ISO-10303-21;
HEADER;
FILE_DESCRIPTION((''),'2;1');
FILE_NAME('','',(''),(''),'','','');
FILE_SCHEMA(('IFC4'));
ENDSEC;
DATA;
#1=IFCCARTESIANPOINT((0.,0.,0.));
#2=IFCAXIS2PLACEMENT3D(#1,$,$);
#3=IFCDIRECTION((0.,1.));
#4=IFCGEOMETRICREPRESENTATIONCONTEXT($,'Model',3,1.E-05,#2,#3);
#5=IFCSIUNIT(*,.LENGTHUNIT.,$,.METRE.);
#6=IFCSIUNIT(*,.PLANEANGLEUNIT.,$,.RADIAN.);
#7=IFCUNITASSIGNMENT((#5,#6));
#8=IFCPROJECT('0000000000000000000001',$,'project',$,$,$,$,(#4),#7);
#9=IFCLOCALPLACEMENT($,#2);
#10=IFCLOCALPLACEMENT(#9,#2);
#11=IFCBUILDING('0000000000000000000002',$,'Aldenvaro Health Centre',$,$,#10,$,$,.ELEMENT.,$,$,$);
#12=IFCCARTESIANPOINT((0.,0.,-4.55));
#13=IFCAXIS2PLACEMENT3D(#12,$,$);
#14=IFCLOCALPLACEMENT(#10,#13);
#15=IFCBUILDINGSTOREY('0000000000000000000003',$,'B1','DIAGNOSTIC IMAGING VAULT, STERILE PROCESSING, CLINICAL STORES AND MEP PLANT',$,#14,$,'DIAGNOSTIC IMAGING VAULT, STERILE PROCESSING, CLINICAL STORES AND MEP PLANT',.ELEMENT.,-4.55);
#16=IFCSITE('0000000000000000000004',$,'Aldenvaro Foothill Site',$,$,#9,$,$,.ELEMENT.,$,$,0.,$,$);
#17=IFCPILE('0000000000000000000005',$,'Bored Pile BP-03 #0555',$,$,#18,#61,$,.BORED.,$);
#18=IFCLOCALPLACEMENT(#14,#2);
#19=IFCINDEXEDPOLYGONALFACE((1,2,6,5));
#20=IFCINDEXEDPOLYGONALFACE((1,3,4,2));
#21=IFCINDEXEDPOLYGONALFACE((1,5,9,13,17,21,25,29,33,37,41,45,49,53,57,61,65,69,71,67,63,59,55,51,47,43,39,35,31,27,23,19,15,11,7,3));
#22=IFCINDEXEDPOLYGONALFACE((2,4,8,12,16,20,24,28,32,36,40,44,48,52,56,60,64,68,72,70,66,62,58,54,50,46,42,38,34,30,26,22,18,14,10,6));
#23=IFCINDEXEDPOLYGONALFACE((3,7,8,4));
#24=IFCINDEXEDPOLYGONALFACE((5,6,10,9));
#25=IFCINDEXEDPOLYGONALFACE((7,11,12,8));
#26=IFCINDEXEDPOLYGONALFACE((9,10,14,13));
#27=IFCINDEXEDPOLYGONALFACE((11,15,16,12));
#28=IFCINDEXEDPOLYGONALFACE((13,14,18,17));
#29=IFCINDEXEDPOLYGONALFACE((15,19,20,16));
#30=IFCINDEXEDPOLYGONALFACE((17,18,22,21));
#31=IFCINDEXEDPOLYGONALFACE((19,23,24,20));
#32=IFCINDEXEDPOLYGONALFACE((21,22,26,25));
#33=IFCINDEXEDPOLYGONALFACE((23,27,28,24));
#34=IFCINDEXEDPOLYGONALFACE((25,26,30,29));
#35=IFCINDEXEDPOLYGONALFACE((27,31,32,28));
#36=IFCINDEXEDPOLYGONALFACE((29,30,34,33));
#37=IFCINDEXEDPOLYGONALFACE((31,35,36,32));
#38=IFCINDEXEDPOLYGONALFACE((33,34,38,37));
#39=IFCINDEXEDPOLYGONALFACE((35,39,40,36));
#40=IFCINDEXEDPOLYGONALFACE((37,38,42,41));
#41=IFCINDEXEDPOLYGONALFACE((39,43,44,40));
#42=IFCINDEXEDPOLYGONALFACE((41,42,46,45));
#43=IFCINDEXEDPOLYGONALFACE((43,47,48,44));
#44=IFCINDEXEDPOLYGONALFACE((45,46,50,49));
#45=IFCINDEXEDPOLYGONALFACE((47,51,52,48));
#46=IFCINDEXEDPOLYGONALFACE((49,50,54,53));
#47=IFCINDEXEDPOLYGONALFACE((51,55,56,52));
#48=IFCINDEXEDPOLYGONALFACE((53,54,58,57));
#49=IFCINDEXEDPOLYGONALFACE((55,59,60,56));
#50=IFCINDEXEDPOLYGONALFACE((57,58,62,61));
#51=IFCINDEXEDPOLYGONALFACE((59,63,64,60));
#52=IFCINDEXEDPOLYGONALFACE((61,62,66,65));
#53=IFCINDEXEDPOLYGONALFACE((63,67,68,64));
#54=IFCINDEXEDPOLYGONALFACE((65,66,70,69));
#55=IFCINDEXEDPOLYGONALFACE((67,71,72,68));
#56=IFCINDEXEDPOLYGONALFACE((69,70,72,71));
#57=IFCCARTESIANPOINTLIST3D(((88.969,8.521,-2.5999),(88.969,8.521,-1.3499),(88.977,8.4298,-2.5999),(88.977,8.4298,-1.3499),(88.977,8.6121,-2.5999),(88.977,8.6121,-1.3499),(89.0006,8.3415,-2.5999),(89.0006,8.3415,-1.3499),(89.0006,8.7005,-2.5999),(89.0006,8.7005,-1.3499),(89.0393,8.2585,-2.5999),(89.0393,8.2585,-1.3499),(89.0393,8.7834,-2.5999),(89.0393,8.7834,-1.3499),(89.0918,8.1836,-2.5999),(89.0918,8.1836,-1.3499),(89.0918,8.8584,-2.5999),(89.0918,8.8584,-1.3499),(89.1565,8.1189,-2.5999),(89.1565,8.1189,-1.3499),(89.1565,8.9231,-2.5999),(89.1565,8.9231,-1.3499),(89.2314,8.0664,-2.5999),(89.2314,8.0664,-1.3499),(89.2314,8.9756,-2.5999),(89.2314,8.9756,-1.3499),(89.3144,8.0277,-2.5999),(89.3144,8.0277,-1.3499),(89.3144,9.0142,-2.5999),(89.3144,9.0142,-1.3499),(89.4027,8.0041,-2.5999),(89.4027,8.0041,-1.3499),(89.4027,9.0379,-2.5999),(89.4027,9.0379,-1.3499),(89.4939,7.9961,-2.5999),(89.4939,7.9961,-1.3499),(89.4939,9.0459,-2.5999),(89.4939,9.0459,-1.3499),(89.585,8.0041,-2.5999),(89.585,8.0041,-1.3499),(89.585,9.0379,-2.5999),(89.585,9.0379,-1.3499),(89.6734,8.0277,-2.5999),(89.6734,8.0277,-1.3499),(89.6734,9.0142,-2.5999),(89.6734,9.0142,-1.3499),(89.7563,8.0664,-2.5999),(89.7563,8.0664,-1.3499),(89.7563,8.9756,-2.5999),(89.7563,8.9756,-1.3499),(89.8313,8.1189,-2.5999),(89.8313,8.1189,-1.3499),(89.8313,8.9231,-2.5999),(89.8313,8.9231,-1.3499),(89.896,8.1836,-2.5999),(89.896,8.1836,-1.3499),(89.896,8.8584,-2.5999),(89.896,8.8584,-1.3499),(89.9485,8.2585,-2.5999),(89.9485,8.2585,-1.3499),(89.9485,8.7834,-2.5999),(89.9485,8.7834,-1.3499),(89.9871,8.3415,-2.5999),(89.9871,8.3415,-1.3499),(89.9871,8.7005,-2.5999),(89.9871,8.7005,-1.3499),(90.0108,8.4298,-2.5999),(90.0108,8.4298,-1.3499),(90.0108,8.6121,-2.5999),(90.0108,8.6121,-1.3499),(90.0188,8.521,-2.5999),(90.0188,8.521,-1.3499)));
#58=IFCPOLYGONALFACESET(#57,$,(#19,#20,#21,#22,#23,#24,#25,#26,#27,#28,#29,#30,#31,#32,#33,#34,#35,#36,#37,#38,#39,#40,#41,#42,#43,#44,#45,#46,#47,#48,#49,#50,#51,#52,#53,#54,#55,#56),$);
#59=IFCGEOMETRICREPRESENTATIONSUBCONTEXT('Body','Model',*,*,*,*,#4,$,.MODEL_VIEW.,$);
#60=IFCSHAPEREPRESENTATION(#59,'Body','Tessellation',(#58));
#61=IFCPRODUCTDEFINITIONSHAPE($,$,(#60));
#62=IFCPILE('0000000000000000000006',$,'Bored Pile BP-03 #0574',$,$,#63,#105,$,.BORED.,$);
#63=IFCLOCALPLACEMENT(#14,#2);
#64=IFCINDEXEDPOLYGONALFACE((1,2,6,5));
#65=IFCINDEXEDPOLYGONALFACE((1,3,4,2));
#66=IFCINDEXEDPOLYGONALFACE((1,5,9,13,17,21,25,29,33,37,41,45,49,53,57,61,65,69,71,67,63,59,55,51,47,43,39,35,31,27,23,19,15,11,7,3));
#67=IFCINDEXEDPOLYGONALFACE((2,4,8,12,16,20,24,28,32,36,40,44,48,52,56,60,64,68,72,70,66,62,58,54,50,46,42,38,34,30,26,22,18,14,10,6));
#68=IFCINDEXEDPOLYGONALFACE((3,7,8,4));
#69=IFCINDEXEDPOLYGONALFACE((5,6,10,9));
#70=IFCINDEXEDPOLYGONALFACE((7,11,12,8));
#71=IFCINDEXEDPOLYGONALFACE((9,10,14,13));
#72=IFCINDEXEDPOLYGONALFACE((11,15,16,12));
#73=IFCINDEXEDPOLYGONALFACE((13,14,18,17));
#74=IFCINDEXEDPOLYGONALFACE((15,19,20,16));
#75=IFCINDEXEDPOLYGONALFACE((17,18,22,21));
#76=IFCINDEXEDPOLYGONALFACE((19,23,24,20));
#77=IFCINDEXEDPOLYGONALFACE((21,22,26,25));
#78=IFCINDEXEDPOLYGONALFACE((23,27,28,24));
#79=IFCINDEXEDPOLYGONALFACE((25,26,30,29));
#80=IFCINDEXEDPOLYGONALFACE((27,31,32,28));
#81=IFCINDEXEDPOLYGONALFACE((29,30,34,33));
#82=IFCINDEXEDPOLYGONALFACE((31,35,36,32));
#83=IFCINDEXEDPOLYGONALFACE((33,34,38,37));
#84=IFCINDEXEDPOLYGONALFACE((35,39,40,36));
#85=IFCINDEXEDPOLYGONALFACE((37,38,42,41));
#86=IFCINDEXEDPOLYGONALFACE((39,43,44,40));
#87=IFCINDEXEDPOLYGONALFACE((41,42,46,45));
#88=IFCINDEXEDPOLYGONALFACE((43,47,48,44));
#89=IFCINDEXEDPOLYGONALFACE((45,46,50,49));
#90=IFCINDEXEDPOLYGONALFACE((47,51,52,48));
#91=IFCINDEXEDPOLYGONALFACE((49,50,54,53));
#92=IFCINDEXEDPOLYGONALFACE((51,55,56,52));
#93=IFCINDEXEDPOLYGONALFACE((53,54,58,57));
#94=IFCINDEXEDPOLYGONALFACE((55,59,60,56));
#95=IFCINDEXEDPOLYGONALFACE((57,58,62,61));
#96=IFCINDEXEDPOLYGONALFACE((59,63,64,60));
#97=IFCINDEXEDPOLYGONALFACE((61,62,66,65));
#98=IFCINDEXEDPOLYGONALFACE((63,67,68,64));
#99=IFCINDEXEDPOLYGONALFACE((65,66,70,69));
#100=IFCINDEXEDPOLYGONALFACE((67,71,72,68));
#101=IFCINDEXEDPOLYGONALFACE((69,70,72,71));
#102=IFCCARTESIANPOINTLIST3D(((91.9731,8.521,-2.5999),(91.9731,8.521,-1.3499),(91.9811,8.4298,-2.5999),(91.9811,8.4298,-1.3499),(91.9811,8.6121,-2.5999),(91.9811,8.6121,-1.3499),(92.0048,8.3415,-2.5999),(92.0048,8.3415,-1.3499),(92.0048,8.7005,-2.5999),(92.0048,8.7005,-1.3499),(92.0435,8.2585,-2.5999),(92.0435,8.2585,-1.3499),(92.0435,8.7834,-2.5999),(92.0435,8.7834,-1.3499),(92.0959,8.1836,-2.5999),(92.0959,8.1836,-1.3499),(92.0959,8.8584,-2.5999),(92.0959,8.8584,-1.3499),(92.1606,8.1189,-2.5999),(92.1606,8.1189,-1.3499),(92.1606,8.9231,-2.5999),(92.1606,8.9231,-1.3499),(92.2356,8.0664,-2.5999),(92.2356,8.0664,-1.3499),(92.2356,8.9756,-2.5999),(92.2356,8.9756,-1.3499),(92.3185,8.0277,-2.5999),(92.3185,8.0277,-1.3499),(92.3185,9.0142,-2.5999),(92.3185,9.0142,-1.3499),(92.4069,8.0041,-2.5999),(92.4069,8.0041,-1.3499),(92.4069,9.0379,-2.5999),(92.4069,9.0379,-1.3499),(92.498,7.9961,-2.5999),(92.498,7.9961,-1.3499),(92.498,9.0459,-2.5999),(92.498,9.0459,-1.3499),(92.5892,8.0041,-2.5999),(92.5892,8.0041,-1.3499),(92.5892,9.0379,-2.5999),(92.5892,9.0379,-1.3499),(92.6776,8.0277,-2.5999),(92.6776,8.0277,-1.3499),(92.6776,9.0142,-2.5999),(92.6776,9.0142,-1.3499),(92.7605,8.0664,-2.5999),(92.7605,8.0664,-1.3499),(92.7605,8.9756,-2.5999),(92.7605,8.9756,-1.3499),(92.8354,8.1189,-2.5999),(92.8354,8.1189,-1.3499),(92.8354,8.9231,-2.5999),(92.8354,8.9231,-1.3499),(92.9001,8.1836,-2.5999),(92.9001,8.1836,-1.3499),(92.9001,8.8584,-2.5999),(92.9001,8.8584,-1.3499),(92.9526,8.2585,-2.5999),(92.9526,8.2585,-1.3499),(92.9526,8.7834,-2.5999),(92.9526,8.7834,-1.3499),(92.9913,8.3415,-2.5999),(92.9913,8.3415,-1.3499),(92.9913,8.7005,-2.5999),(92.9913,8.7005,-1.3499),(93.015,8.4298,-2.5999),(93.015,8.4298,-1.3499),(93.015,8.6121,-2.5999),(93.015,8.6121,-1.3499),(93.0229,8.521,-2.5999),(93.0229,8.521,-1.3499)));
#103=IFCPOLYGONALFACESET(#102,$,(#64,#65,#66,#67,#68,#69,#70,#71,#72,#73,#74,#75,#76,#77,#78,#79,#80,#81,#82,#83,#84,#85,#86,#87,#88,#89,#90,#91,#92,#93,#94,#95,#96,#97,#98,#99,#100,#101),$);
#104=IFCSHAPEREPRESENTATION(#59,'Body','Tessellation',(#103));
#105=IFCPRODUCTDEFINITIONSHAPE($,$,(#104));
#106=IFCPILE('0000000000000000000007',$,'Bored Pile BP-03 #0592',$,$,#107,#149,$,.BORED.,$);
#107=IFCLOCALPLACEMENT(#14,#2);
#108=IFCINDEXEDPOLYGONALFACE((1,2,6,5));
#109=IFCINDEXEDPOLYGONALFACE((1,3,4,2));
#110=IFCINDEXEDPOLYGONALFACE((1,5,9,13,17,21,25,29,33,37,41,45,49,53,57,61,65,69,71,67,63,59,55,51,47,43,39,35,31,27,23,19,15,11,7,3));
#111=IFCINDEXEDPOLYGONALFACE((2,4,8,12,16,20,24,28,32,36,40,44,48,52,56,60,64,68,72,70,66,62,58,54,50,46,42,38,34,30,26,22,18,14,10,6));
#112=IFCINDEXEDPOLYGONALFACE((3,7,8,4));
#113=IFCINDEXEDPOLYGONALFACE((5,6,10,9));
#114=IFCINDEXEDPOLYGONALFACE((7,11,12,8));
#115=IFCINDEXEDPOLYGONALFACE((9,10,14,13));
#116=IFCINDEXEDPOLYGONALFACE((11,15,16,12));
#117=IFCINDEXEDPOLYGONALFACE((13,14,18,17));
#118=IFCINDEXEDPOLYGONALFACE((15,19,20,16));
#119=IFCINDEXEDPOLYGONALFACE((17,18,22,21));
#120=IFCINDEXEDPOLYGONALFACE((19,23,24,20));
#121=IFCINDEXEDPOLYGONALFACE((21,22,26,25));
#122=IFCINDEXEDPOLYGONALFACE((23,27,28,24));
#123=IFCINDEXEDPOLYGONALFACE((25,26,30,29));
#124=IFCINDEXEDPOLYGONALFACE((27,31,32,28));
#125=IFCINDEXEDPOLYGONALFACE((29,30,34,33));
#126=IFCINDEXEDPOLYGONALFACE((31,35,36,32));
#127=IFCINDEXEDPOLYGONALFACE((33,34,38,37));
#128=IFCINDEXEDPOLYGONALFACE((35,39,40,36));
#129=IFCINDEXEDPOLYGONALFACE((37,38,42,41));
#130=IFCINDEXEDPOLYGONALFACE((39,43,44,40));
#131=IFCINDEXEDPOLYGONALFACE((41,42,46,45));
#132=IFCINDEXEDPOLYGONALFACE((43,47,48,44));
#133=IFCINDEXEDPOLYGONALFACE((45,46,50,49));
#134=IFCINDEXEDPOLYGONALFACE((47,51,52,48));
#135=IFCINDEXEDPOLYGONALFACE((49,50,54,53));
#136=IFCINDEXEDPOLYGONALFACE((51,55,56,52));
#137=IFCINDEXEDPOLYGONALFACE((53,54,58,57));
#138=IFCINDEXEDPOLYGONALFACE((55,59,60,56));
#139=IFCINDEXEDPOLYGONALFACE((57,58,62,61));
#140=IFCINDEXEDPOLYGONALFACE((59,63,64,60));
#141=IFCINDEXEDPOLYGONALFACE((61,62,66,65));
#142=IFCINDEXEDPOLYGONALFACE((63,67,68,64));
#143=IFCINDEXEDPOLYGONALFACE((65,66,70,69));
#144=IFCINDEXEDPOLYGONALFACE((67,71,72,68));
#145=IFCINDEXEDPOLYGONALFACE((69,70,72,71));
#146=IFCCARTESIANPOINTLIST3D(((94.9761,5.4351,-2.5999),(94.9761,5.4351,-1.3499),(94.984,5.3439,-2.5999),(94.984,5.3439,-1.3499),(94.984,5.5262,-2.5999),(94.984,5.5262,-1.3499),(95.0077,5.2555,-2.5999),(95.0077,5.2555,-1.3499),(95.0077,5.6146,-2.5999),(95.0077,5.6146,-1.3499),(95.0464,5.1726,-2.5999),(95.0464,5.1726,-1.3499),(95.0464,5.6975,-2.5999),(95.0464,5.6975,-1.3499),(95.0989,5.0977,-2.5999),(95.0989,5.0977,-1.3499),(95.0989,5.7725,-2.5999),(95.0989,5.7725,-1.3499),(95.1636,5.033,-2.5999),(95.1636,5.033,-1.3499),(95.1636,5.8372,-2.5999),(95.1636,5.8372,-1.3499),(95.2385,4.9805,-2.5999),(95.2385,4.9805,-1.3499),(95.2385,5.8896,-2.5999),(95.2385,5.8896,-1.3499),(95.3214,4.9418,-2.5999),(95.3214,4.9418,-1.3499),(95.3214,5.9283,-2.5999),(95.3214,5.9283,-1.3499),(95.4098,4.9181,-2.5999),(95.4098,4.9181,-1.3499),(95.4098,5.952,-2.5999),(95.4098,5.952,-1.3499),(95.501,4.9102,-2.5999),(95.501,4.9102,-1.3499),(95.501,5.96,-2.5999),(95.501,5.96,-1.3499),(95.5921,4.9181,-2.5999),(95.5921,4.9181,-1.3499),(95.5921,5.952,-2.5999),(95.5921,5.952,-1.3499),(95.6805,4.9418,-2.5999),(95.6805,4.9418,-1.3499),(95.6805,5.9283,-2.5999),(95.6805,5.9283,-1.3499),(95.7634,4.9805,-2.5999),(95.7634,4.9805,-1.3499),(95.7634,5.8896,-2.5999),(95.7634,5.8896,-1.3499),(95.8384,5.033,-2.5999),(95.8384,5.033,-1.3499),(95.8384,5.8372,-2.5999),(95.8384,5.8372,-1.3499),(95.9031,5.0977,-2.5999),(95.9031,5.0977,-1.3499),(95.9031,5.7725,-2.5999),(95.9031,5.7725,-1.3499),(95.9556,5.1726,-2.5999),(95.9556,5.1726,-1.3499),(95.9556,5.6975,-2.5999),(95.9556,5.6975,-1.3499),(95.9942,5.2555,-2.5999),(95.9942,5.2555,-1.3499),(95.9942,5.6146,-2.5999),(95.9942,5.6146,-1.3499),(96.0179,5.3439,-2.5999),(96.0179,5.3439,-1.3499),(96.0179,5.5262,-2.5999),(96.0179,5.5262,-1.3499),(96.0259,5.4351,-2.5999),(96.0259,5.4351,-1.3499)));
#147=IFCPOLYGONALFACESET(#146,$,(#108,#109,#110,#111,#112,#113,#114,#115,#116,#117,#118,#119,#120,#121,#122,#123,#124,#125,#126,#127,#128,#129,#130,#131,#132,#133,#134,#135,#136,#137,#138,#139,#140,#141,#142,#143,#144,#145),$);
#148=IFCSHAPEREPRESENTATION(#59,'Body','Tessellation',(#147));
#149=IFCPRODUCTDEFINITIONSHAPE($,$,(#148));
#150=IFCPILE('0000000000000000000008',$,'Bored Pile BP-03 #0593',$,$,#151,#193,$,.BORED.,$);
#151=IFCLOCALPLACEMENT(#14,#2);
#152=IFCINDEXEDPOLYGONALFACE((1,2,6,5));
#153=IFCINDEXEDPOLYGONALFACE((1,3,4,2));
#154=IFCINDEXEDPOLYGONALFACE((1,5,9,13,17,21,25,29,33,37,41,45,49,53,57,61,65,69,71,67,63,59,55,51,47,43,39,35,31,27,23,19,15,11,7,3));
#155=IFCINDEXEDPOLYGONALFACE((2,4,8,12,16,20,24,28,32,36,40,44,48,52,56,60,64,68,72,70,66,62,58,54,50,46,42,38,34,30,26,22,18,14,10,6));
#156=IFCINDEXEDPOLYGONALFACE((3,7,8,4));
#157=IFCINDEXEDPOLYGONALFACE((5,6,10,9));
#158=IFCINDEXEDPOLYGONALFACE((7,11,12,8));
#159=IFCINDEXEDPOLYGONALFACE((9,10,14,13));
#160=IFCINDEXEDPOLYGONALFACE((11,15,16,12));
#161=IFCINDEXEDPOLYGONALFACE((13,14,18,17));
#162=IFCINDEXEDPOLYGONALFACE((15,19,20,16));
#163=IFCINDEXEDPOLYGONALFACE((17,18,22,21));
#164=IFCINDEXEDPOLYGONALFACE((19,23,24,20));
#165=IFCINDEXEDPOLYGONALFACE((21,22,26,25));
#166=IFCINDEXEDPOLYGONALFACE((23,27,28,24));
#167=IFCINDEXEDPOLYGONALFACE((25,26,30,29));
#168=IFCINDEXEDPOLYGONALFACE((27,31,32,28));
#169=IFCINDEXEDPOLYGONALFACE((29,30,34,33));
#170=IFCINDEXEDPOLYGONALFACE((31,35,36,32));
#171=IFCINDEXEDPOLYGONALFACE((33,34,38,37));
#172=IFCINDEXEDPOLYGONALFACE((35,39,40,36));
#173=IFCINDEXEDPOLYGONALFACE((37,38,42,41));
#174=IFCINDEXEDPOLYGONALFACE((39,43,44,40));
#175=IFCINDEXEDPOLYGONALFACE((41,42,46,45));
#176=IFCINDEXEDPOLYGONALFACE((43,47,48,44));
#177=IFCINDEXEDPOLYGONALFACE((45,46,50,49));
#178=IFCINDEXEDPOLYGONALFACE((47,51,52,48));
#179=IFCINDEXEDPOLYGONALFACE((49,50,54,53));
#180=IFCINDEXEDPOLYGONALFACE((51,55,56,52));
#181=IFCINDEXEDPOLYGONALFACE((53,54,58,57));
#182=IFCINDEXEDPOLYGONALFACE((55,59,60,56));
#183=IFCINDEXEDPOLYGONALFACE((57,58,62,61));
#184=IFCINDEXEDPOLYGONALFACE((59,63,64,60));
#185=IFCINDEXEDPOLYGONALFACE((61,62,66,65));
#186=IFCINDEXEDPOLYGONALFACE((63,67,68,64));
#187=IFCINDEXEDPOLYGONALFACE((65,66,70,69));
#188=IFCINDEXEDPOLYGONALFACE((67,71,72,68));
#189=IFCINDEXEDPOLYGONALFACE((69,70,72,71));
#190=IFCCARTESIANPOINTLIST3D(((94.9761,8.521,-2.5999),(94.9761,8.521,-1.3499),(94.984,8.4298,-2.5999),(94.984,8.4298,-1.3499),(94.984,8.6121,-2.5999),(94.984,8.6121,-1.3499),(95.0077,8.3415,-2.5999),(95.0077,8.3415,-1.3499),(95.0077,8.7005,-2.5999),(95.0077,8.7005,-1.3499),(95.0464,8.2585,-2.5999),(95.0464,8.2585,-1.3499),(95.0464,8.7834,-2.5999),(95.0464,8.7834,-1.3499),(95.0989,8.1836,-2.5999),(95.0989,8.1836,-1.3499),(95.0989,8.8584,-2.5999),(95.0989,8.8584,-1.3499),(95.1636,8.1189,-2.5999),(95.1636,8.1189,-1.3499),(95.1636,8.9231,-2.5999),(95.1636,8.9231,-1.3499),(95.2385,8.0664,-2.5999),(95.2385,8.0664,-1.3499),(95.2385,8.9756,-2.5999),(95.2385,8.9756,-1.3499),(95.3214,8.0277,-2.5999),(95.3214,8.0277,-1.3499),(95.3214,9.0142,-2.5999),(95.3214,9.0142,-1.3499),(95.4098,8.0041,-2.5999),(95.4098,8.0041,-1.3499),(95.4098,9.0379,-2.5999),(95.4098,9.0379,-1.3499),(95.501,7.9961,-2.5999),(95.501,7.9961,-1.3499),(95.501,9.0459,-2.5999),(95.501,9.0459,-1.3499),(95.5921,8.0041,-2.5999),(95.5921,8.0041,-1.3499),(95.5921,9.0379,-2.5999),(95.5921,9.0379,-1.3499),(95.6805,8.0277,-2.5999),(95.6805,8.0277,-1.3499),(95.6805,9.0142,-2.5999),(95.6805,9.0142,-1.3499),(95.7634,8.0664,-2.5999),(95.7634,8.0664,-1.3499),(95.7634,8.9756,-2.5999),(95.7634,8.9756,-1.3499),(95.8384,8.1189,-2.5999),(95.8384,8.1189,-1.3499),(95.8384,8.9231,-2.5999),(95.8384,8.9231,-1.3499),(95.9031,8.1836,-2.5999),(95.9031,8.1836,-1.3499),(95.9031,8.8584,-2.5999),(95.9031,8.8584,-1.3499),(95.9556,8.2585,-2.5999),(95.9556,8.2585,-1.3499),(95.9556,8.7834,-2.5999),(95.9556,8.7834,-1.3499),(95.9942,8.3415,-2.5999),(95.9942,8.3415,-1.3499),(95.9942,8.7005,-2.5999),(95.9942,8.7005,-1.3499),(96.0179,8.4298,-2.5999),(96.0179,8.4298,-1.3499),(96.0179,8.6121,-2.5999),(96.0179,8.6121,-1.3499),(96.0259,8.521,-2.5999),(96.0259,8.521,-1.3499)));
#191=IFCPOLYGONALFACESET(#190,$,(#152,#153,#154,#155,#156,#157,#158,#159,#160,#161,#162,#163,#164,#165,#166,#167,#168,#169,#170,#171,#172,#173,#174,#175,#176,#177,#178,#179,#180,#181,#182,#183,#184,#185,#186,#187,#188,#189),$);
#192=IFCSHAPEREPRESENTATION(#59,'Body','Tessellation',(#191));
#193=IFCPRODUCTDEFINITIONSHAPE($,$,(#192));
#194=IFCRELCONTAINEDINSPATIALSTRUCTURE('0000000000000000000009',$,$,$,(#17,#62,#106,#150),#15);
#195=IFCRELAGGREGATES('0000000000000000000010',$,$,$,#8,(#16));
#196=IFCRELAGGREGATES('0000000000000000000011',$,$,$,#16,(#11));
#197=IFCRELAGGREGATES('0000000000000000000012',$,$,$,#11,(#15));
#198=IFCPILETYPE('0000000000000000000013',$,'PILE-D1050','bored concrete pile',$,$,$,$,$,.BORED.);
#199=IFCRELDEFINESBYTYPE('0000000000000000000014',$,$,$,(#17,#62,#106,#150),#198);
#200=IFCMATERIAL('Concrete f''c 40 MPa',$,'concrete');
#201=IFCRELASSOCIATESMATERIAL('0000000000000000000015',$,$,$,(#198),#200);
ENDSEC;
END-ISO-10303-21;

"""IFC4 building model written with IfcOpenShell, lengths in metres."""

from ifc_helpers import new_model, si_unit, direction, frame, origin, origin_2d, place, context, subcontext, project, spatial, circle, extrude, material, material_profile, profile_set, type_object, element, save


model = new_model("IFC4")

# Units and contexts
model_context = context("Model", 3, precision=1e-05, world=origin(), true_north=direction((0.0, 1.0)))
body_context = subcontext(model_context, "Body", "Model", "MODEL_VIEW")
ifc_project = project(units=[si_unit("LENGTHUNIT", "METRE"), si_unit("PLANEANGLEUNIT", "RADIAN")], contexts=[model_context])

# Site, building, storey
site_placement = place(None, origin())
site = spatial("IfcSite", under=ifc_project, at=site_placement, Name="Aldenvaro Foothill Site", CompositionType="ELEMENT", RefElevation=0.0)
building_placement = place(site_placement, origin())
building = spatial("IfcBuilding", under=site, at=building_placement, Name="Aldenvaro Health Centre", CompositionType="ELEMENT")
storey_placement = place(building_placement, frame((0.0, 0.0, -4.55)))
storey = spatial("IfcBuildingStorey", under=building, at=storey_placement, Name="B1", Description="DIAGNOSTIC IMAGING VAULT, STERILE PROCESSING, CLINICAL STORES AND MEP PLANT", LongName="DIAGNOSTIC IMAGING VAULT, STERILE PROCESSING, CLINICAL STORES AND MEP PLANT", CompositionType="ELEMENT", Elevation=-4.55)

# Piles
ifc_material_1 = material(Name="Concrete f'c 40 MPa", Category="concrete")
ifc_material_profile_1 = material_profile(ifc_material_1, circle(Radius=0.5249, at=origin_2d()), Name="PILE D1050", Category="concrete")
ifc_profile_set_1 = profile_set([ifc_material_profile_1], Name="Concrete f'c 40 MPa")
pile_type = type_object("IfcPileType", Name="PILE-D1050", Description="bored concrete pile", PredefinedType="BORED", material=ifc_profile_set_1)
for number, where, z_axis, x_axis, name in (
    (1, (89.4939, 8.521, -1.3499), (0.0, 0.0, -1.0), (1.0, 0.0, 0.0), "Bored Pile BP-03 #0555"),
    (2, (92.498, 8.521, -1.3499), (0.0, 0.0, -1.0), (1.0, 0.0, 0.0), "Bored Pile BP-03 #0574"),
    (3, (95.501, 5.4351, -1.3499), (0.0, 0.0, -1.0), (1.0, 0.0, 0.0), "Bored Pile BP-03 #0592"),
    (4, (95.501, 8.521, -1.3499), (0.0, 0.0, -1.0), (1.0, 0.0, 0.0), "Bored Pile BP-03 #0593"),
):
    element("IfcPile", number, at=place(storey_placement, frame(where, z_axis=z_axis, x_axis=x_axis)), inside=storey, type_object=pile_type, Name=name, PredefinedType="BORED", context=body_context, shape_type="SweptSolid", body=[
        extrude(circle(Radius=0.5249, at=origin_2d()), origin(), (0.0, 0.0, 1.0), 1.25),
    ])

save(model, "model.ifc")
